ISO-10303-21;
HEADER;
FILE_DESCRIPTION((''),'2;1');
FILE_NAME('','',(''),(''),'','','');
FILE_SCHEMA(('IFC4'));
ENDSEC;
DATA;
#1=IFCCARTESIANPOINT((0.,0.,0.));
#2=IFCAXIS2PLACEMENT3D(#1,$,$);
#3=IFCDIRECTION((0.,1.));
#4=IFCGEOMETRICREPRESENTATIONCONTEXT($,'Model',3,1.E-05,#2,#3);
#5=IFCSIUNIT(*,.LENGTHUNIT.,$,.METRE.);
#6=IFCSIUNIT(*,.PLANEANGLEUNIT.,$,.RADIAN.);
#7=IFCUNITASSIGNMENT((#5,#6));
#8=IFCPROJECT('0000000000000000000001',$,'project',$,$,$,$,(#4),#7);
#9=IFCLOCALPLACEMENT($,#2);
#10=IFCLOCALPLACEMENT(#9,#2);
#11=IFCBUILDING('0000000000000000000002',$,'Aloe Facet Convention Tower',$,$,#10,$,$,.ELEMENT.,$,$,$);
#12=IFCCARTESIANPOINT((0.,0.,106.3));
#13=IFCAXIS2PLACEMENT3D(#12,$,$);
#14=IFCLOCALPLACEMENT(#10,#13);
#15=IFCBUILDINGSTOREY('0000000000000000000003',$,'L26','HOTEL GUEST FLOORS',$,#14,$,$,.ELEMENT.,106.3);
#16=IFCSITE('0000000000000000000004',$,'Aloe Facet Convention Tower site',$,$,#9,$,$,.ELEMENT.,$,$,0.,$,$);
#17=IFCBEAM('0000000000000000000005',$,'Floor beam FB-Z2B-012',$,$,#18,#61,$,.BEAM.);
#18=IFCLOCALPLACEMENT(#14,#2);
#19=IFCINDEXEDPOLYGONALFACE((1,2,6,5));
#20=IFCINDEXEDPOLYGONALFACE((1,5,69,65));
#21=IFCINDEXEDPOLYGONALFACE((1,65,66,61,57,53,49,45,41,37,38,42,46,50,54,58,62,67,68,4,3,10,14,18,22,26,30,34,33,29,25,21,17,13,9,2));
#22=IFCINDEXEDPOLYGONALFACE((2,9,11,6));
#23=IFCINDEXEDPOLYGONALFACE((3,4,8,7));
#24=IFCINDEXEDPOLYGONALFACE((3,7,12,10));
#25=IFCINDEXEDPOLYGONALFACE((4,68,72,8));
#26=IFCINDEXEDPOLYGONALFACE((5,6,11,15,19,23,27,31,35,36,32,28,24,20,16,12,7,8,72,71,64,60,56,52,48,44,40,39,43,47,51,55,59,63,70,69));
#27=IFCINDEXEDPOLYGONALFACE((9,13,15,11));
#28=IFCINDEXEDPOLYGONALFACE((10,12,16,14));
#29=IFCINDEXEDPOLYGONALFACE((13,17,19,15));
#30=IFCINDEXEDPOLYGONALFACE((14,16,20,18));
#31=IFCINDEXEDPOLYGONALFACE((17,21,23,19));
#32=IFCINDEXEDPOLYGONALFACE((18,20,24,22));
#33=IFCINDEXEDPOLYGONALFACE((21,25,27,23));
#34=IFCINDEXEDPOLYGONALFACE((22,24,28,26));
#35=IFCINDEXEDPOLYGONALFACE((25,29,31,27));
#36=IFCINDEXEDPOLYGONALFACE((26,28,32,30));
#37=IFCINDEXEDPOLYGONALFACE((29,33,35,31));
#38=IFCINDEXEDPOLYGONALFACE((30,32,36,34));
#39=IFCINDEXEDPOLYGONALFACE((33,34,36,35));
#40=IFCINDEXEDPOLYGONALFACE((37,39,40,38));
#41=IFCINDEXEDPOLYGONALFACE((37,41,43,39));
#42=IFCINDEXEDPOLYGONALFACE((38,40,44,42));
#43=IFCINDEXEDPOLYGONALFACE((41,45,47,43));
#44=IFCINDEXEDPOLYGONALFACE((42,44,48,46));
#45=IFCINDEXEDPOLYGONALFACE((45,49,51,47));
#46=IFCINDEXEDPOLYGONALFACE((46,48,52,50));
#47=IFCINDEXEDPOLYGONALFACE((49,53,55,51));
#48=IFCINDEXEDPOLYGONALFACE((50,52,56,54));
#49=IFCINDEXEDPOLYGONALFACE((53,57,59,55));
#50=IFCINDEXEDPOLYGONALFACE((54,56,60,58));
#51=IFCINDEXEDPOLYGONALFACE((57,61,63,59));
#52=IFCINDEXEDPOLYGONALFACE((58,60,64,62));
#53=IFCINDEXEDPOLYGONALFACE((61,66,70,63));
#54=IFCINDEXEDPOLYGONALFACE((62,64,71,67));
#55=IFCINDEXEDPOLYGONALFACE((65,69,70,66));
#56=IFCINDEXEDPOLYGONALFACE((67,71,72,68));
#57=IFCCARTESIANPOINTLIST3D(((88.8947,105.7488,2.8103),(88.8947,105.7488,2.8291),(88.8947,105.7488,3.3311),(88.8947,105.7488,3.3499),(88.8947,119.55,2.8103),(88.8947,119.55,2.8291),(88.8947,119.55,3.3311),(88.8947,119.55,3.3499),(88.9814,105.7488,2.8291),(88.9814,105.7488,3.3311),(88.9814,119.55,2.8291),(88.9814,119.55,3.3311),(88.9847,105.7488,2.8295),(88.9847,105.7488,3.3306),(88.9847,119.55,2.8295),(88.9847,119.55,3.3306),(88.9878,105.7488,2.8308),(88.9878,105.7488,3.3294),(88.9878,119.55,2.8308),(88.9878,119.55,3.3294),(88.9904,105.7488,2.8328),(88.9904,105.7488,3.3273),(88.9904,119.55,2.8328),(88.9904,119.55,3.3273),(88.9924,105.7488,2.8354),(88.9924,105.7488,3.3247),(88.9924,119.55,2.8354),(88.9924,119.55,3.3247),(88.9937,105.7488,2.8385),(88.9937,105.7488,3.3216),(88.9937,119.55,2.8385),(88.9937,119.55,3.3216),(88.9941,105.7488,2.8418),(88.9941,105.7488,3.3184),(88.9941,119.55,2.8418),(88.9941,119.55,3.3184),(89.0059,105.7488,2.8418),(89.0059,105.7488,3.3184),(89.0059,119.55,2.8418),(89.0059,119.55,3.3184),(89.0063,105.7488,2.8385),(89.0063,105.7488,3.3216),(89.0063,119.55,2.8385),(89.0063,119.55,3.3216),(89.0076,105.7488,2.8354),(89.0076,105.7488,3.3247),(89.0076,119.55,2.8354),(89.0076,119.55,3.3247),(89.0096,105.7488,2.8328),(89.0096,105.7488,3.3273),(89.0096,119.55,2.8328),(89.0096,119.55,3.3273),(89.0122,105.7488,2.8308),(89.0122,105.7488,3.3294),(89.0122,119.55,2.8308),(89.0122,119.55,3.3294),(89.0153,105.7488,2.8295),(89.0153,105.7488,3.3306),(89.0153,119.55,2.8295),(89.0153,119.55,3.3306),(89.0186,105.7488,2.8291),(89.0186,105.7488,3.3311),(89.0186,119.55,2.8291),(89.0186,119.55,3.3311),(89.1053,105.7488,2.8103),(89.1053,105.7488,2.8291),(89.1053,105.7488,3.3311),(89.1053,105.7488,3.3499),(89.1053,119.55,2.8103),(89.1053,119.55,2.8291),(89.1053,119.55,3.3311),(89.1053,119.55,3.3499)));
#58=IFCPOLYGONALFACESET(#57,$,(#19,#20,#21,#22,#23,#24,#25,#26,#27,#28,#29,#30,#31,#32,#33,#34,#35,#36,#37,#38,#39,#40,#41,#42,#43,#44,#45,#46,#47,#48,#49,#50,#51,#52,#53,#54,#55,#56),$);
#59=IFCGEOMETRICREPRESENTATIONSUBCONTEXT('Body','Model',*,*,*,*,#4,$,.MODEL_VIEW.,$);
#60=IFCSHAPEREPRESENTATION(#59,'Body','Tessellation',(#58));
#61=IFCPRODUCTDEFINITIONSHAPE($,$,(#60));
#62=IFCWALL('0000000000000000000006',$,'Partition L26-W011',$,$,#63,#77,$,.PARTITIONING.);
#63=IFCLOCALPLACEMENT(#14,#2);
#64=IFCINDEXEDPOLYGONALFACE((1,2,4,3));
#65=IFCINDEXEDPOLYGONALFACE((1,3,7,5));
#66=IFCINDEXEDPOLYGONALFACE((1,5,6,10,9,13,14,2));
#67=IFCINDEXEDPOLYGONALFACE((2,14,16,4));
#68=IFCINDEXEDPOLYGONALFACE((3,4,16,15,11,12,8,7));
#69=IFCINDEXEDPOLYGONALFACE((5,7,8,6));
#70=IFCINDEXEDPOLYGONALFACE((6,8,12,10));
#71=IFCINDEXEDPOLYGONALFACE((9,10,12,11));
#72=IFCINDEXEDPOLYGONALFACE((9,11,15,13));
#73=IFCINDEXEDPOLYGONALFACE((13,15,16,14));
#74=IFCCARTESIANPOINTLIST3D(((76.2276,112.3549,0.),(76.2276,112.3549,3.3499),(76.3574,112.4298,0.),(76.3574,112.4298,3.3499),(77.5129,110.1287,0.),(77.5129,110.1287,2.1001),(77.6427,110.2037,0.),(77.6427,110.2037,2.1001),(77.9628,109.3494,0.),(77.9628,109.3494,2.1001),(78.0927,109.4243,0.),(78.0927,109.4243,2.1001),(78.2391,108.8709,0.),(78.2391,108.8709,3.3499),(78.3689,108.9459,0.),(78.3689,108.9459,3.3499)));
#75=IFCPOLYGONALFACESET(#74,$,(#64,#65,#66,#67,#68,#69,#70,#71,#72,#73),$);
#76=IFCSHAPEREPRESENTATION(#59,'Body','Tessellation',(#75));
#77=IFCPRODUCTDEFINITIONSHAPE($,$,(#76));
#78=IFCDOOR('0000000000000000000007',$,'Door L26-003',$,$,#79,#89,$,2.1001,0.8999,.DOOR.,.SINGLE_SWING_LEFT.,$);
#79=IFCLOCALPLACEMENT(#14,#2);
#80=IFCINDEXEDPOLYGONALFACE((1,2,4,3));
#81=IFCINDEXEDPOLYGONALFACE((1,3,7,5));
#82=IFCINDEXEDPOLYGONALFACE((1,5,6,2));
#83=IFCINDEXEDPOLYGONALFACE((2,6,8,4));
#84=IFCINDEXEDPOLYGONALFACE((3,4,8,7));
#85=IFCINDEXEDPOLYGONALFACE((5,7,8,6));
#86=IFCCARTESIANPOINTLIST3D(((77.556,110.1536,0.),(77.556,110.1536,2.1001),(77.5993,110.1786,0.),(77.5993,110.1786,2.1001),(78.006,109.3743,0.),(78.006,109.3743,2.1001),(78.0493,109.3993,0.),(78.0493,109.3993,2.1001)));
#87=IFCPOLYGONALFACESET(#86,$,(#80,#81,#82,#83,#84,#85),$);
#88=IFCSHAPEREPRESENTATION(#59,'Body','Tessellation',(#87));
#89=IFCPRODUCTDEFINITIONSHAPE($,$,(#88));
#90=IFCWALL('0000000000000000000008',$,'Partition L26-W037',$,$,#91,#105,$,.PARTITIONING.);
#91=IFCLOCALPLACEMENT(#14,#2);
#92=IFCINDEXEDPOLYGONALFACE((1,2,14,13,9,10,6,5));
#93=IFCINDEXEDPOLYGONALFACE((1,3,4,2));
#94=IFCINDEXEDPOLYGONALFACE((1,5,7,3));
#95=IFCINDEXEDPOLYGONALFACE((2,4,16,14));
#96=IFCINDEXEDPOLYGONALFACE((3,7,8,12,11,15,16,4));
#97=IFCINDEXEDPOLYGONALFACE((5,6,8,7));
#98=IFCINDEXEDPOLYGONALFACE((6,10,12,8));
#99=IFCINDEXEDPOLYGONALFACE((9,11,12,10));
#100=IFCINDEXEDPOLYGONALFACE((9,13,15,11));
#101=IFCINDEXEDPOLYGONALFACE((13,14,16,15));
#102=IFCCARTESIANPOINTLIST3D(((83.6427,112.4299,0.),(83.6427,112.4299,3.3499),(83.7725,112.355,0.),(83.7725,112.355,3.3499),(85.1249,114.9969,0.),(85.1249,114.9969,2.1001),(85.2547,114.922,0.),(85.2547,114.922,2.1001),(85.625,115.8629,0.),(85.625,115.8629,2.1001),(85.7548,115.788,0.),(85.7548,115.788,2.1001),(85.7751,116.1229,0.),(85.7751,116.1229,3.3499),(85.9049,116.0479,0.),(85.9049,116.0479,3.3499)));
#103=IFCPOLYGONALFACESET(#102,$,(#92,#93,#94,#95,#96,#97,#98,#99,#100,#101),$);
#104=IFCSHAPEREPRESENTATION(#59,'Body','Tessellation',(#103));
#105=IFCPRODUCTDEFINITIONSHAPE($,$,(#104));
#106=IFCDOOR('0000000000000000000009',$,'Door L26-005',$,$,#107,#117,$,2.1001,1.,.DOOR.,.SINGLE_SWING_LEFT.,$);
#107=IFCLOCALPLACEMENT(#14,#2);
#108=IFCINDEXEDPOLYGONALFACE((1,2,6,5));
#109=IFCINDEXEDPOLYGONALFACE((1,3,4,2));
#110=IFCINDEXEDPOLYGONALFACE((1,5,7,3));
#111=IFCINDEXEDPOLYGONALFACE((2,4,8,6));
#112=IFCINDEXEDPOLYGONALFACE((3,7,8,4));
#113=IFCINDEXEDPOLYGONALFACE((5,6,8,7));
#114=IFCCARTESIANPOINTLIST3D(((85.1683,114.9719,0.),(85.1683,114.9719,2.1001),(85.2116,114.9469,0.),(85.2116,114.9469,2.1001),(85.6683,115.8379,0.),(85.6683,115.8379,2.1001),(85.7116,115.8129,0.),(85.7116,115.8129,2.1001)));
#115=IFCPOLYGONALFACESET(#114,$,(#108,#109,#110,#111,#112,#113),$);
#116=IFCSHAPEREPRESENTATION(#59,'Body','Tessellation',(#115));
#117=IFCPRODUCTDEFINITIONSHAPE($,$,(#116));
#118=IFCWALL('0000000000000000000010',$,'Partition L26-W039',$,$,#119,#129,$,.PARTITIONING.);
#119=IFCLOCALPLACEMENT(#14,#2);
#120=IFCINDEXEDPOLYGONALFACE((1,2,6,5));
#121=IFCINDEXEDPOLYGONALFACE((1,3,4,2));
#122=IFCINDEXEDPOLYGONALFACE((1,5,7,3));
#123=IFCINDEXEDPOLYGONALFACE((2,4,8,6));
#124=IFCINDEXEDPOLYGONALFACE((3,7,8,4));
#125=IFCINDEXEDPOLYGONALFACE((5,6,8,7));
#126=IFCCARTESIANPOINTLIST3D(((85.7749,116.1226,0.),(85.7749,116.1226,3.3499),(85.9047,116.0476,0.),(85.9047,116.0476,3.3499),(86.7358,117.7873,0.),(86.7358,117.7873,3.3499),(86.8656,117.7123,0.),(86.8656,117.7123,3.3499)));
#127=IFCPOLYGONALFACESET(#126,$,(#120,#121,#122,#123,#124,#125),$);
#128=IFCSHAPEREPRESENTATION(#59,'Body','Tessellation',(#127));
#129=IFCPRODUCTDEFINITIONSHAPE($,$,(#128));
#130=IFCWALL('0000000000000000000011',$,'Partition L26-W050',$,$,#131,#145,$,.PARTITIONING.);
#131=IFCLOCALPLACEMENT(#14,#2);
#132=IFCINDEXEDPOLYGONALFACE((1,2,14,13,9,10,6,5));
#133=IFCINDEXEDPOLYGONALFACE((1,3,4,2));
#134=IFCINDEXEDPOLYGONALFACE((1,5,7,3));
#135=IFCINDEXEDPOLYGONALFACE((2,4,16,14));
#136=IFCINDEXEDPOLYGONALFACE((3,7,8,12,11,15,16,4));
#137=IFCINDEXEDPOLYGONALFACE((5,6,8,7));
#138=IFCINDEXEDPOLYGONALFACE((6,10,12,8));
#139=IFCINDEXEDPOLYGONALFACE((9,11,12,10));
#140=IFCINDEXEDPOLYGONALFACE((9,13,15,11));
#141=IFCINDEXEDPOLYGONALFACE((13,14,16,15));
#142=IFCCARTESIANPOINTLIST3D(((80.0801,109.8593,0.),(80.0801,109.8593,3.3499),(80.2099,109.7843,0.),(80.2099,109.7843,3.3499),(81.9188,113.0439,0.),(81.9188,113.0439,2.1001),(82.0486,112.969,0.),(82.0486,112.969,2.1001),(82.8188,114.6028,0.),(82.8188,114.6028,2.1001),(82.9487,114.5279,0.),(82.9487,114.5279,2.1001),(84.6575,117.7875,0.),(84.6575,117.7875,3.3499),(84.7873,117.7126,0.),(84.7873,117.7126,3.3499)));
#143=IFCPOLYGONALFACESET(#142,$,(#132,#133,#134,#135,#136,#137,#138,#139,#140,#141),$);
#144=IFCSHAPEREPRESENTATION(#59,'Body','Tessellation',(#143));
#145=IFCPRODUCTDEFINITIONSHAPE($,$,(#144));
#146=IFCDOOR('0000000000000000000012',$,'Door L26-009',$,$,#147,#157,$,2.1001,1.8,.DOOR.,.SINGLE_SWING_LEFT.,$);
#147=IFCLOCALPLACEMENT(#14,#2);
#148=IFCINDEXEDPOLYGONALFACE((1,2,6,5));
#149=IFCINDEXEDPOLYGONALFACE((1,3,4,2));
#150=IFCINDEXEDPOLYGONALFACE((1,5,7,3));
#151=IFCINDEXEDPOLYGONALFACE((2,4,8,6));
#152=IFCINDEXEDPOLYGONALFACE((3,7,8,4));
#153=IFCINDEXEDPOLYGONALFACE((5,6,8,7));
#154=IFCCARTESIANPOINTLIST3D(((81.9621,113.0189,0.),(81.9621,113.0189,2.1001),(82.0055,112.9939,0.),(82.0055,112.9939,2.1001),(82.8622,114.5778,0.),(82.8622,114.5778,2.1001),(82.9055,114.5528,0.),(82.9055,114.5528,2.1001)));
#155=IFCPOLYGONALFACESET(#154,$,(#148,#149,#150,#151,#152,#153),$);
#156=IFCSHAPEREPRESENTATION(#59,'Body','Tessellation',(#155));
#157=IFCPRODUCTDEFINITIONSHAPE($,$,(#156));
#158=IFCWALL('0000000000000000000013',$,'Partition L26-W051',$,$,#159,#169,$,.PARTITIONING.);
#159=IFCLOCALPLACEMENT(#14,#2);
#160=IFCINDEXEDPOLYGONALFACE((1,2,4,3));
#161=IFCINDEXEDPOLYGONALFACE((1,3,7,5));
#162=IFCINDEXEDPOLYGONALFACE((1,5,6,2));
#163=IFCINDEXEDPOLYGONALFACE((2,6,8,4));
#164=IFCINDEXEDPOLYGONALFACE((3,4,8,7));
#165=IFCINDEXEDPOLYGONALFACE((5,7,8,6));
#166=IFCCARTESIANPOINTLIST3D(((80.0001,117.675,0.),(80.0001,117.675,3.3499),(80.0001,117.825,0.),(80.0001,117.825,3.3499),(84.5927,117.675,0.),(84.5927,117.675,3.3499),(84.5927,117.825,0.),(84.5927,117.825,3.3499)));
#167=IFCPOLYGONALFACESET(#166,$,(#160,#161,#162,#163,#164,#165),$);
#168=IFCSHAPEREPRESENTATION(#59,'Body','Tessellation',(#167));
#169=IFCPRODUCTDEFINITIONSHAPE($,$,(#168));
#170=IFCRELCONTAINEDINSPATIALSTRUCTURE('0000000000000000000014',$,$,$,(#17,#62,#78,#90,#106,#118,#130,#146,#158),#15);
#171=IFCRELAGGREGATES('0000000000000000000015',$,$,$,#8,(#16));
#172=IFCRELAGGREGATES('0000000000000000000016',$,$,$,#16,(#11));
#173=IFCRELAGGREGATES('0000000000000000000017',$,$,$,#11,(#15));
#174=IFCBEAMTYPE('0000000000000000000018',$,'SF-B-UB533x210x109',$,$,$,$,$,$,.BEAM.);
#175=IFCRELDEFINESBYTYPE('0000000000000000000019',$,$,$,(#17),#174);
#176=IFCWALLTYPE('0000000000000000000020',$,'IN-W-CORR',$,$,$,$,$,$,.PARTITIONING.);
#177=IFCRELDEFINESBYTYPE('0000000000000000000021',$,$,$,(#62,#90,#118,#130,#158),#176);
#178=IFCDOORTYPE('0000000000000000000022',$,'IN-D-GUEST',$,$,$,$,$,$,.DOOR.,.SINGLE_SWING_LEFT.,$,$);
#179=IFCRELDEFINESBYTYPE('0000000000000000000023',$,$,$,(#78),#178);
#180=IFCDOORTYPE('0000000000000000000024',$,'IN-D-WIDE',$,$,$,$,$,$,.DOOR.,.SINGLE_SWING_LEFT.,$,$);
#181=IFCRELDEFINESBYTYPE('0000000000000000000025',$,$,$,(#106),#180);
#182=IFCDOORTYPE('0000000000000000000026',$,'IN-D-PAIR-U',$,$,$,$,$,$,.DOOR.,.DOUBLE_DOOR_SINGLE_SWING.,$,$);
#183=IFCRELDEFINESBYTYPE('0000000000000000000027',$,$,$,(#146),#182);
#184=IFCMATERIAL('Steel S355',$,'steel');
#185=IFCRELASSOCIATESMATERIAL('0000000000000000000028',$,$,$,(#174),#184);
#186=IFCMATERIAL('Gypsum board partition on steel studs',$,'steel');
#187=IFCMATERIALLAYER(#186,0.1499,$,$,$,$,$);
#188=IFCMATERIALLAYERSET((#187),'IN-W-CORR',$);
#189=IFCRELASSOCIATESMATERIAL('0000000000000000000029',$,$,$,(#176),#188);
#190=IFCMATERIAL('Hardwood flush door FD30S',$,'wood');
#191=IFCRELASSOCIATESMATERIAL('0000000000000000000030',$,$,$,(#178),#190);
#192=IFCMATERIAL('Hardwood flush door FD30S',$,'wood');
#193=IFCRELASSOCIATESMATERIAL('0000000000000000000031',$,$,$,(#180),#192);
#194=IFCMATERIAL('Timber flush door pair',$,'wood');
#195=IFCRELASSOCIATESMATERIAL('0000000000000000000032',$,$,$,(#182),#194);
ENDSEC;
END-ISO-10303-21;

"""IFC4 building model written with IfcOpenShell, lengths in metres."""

from ifc_helpers import new_model, si_unit, direction, frame, frame_2d, origin, origin_2d, place, context, subcontext, project, spatial, rectangle, i_section, extrude, material, layer, layer_set, material_profile, profile_set, type_object, element, fill, save


model = new_model("IFC4")

# Units and contexts
model_context = context("Model", 3, precision=1e-05, world=origin(), true_north=direction((0.0, 1.0)))
body_context = subcontext(model_context, "Body", "Model", "MODEL_VIEW")
ifc_project = project(units=[si_unit("LENGTHUNIT", "METRE"), si_unit("PLANEANGLEUNIT", "RADIAN")], contexts=[model_context])

# Site, building, storey
site_placement = place(None, origin())
site = spatial("IfcSite", under=ifc_project, at=site_placement, Name="Aloe Facet Convention Tower site", CompositionType="ELEMENT", RefElevation=0.0)
building_placement = place(site_placement, origin())
building = spatial("IfcBuilding", under=site, at=building_placement, Name="Aloe Facet Convention Tower", CompositionType="ELEMENT")
storey_placement = place(building_placement, frame((0.0, 0.0, 106.3)))
storey = spatial("IfcBuildingStorey", under=building, at=storey_placement, Name="L26", Description="HOTEL GUEST FLOORS", CompositionType="ELEMENT", Elevation=106.3)

# Beam
ifc_material_1 = material(Name="Steel S355", Category="steel")
ifc_material_profile_1 = material_profile(ifc_material_1, i_section(OverallWidth=0.2107, OverallDepth=0.5396, WebThickness=0.0117, FlangeThickness=0.0188, FilletRadius=0.0127, at=origin_2d()), Name="UB 533x210x109")
ifc_profile_set_1 = profile_set([ifc_material_profile_1], Name="Steel S355")
beam_type_1 = type_object("IfcBeamType", Name="SF-B-UB533x210x109", PredefinedType="BEAM", material=ifc_profile_set_1)
beam_1_placement = place(storey_placement, frame((89.0, 119.55, 3.0801), z_axis=(0.0, -1.0, 0.0), x_axis=(1.0, 0.0, 0.0)))
element("IfcBeam", 1, at=beam_1_placement, inside=storey, type_object=beam_type_1, Name="Floor beam FB-Z2B-012", PredefinedType="BEAM", context=body_context, shape_type="SweptSolid", body=[
    extrude(i_section(OverallWidth=0.2107, OverallDepth=0.5396, WebThickness=0.0117, FlangeThickness=0.0188, FilletRadius=0.0127, at=origin_2d()), origin(), (0.0, 0.0, 1.0), 13.8013),
])

# Walls, openings, doors
ifc_material_2 = material(Name="Gypsum board partition on steel studs", Category="steel")
ifc_layer_1 = layer(ifc_material_2, 0.1499)
ifc_layer_set_1 = layer_set([ifc_layer_1], Name="IN-W-CORR")
wall_type_1 = type_object("IfcWallType", Name="IN-W-CORR", PredefinedType="PARTITIONING", material=ifc_layer_set_1)
wall_1_placement = place(storey_placement, frame((76.2925, 112.3923, 0.0), z_axis=(0.0, 0.0, 1.0), x_axis=(0.50001, -0.86602, 0.0)))
wall_1 = element("IfcWall", 2, at=wall_1_placement, inside=storey, type_object=wall_type_1, Name="Partition L26-W011", PredefinedType="PARTITIONING", context=body_context, shape_type="SweptSolid", body=[
    extrude(rectangle(XDim=4.0229, YDim=0.1499, at=frame_2d((2.0115, 0.0))), origin(), (0.0, 0.0, 1.0), 3.3499),
])
opening_1_placement = place(wall_1_placement, frame((2.5706, 0.0, 0.0)))
opening_1 = element("IfcOpeningElement", 3, at=opening_1_placement, cuts=wall_1, PredefinedType="OPENING", context=body_context, shape_type="SweptSolid", body=[
    extrude(rectangle(XDim=0.8999, YDim=2.1001, at=frame_2d((0.45, 1.05))), frame((0.0, 0.085, 0.0), z_axis=(0.0, -1.0, 0.0), x_axis=(1.0, 0.0, 0.0)), (0.0, 0.0, 1.0), 0.1699),
])
ifc_material_3 = material(Name="Hardwood flush door FD30S", Category="wood")
door_type_1 = type_object("IfcDoorType", Name="IN-D-GUEST", OperationType="SINGLE_SWING_LEFT", PredefinedType="DOOR", material=ifc_material_3)
door_1_placement = place(opening_1_placement, origin())
door_1 = element("IfcDoor", 4, at=door_1_placement, inside=storey, type_object=door_type_1, Name="Door L26-003", OperationType="SINGLE_SWING_LEFT", OverallHeight=2.1001, OverallWidth=0.8999, PredefinedType="DOOR", context=body_context, shape_type="SweptSolid", body=[
    extrude(rectangle(XDim=0.8999, YDim=2.1001, at=frame_2d((0.45, 1.05))), frame((0.0, 0.0249, 0.0), z_axis=(0.0, -1.0, 0.0), x_axis=(1.0, 0.0, 0.0)), (0.0, 0.0, 1.0), 0.05),
])
fill(opening_1, door_1)
wall_2_placement = place(storey_placement, frame((83.7075, 112.3923, 0.0), z_axis=(0.0, 0.0, 1.0), x_axis=(0.500043, 0.866001, 0.0)))
wall_2 = element("IfcWall", 5, at=wall_2_placement, inside=storey, type_object=wall_type_1, Name="Partition L26-W037", PredefinedType="PARTITIONING", context=body_context, shape_type="SweptSolid", body=[
    extrude(rectangle(XDim=4.2644, YDim=0.1499, at=frame_2d((2.1323, 0.0))), origin(), (0.0, 0.0, 1.0), 3.3499),
])
opening_2_placement = place(wall_2_placement, frame((2.9644, 0.0, 0.0)))
opening_2 = element("IfcOpeningElement", 6, at=opening_2_placement, cuts=wall_2, PredefinedType="OPENING", context=body_context, shape_type="SweptSolid", body=[
    extrude(rectangle(XDim=1.0, YDim=2.1001, at=frame_2d((0.5, 1.05))), frame((0.0, 0.085, 0.0), z_axis=(0.0, -1.0, 0.0), x_axis=(1.0, 0.0, 0.0)), (0.0, 0.0, 1.0), 0.1699),
])
ifc_material_4 = material(Name="Hardwood flush door FD30S", Category="wood")
door_type_2 = type_object("IfcDoorType", Name="IN-D-WIDE", OperationType="SINGLE_SWING_LEFT", PredefinedType="DOOR", material=ifc_material_4)
door_2_placement = place(opening_2_placement, origin())
door_2 = element("IfcDoor", 7, at=door_2_placement, inside=storey, type_object=door_type_2, Name="Door L26-005", OperationType="SINGLE_SWING_LEFT", OverallHeight=2.1001, OverallWidth=1.0, PredefinedType="DOOR", context=body_context, shape_type="SweptSolid", body=[
    extrude(rectangle(XDim=1.0, YDim=2.1001, at=frame_2d((0.5, 1.05))), frame((0.0, 0.0249, 0.0), z_axis=(0.0, -1.0, 0.0), x_axis=(1.0, 0.0, 0.0)), (0.0, 0.0, 1.0), 0.05),
])
fill(opening_2, door_2)

# Wall
wall_3_placement = place(storey_placement, frame((85.8398, 116.0852, 0.0), z_axis=(0.0, 0.0, 1.0), x_axis=(0.499909, 0.866078, 0.0)))
element("IfcWall", 8, at=wall_3_placement, inside=storey, type_object=wall_type_1, Name="Partition L26-W039", PredefinedType="PARTITIONING", context=body_context, shape_type="SweptSolid", body=[
    extrude(rectangle(XDim=1.9221, YDim=0.1499, at=frame_2d((0.9609, 0.0))), origin(), (0.0, 0.0, 1.0), 3.3499),
])

# Wall, opening, door
wall_4_placement = place(storey_placement, frame((80.145, 109.8218, 0.0), z_axis=(0.0, 0.0, 1.0), x_axis=(0.500003, 0.866024, 0.0)))
wall_4 = element("IfcWall", 9, at=wall_4_placement, inside=storey, type_object=wall_type_1, Name="Partition L26-W050", PredefinedType="PARTITIONING", context=body_context, shape_type="SweptSolid", body=[
    extrude(rectangle(XDim=9.1548, YDim=0.1499, at=frame_2d((4.5774, 0.0))), origin(), (0.0, 0.0, 1.0), 3.3499),
])
opening_3_placement = place(wall_4_placement, frame((3.6775, 0.0, 0.0)))
opening_3 = element("IfcOpeningElement", 10, at=opening_3_placement, cuts=wall_4, PredefinedType="OPENING", context=body_context, shape_type="SweptSolid", body=[
    extrude(rectangle(XDim=1.8, YDim=2.1001, at=frame_2d((0.8999, 1.05))), frame((0.0, 0.085, 0.0), z_axis=(0.0, -1.0, 0.0), x_axis=(1.0, 0.0, 0.0)), (0.0, 0.0, 1.0), 0.1699),
])
ifc_material_5 = material(Name="Timber flush door pair", Category="wood")
door_type_3 = type_object("IfcDoorType", Name="IN-D-PAIR-U", OperationType="DOUBLE_DOOR_SINGLE_SWING", PredefinedType="DOOR", material=ifc_material_5)
door_3_placement = place(opening_3_placement, origin())
door_3 = element("IfcDoor", 11, at=door_3_placement, inside=storey, type_object=door_type_3, Name="Door L26-009", OperationType="SINGLE_SWING_LEFT", OverallHeight=2.1001, OverallWidth=1.8, PredefinedType="DOOR", context=body_context, shape_type="SweptSolid", body=[
    extrude(rectangle(XDim=1.8, YDim=2.1001, at=frame_2d((0.8999, 1.05))), frame((0.0, 0.0249, 0.0), z_axis=(0.0, -1.0, 0.0), x_axis=(1.0, 0.0, 0.0)), (0.0, 0.0, 1.0), 0.05),
])
fill(opening_3, door_3)

# Wall
wall_5_placement = place(storey_placement, frame((80.0, 117.75, 0.0), z_axis=(0.0, 0.0, 1.0), x_axis=(1.0, 0.0, 0.0)))
element("IfcWall", 12, at=wall_5_placement, inside=storey, type_object=wall_type_1, Name="Partition L26-W051", PredefinedType="PARTITIONING", context=body_context, shape_type="SweptSolid", body=[
    extrude(rectangle(XDim=4.5925, YDim=0.1499, at=frame_2d((2.2964, 0.0))), origin(), (0.0, 0.0, 1.0), 3.3499),
])

save(model, "model.ifc")
